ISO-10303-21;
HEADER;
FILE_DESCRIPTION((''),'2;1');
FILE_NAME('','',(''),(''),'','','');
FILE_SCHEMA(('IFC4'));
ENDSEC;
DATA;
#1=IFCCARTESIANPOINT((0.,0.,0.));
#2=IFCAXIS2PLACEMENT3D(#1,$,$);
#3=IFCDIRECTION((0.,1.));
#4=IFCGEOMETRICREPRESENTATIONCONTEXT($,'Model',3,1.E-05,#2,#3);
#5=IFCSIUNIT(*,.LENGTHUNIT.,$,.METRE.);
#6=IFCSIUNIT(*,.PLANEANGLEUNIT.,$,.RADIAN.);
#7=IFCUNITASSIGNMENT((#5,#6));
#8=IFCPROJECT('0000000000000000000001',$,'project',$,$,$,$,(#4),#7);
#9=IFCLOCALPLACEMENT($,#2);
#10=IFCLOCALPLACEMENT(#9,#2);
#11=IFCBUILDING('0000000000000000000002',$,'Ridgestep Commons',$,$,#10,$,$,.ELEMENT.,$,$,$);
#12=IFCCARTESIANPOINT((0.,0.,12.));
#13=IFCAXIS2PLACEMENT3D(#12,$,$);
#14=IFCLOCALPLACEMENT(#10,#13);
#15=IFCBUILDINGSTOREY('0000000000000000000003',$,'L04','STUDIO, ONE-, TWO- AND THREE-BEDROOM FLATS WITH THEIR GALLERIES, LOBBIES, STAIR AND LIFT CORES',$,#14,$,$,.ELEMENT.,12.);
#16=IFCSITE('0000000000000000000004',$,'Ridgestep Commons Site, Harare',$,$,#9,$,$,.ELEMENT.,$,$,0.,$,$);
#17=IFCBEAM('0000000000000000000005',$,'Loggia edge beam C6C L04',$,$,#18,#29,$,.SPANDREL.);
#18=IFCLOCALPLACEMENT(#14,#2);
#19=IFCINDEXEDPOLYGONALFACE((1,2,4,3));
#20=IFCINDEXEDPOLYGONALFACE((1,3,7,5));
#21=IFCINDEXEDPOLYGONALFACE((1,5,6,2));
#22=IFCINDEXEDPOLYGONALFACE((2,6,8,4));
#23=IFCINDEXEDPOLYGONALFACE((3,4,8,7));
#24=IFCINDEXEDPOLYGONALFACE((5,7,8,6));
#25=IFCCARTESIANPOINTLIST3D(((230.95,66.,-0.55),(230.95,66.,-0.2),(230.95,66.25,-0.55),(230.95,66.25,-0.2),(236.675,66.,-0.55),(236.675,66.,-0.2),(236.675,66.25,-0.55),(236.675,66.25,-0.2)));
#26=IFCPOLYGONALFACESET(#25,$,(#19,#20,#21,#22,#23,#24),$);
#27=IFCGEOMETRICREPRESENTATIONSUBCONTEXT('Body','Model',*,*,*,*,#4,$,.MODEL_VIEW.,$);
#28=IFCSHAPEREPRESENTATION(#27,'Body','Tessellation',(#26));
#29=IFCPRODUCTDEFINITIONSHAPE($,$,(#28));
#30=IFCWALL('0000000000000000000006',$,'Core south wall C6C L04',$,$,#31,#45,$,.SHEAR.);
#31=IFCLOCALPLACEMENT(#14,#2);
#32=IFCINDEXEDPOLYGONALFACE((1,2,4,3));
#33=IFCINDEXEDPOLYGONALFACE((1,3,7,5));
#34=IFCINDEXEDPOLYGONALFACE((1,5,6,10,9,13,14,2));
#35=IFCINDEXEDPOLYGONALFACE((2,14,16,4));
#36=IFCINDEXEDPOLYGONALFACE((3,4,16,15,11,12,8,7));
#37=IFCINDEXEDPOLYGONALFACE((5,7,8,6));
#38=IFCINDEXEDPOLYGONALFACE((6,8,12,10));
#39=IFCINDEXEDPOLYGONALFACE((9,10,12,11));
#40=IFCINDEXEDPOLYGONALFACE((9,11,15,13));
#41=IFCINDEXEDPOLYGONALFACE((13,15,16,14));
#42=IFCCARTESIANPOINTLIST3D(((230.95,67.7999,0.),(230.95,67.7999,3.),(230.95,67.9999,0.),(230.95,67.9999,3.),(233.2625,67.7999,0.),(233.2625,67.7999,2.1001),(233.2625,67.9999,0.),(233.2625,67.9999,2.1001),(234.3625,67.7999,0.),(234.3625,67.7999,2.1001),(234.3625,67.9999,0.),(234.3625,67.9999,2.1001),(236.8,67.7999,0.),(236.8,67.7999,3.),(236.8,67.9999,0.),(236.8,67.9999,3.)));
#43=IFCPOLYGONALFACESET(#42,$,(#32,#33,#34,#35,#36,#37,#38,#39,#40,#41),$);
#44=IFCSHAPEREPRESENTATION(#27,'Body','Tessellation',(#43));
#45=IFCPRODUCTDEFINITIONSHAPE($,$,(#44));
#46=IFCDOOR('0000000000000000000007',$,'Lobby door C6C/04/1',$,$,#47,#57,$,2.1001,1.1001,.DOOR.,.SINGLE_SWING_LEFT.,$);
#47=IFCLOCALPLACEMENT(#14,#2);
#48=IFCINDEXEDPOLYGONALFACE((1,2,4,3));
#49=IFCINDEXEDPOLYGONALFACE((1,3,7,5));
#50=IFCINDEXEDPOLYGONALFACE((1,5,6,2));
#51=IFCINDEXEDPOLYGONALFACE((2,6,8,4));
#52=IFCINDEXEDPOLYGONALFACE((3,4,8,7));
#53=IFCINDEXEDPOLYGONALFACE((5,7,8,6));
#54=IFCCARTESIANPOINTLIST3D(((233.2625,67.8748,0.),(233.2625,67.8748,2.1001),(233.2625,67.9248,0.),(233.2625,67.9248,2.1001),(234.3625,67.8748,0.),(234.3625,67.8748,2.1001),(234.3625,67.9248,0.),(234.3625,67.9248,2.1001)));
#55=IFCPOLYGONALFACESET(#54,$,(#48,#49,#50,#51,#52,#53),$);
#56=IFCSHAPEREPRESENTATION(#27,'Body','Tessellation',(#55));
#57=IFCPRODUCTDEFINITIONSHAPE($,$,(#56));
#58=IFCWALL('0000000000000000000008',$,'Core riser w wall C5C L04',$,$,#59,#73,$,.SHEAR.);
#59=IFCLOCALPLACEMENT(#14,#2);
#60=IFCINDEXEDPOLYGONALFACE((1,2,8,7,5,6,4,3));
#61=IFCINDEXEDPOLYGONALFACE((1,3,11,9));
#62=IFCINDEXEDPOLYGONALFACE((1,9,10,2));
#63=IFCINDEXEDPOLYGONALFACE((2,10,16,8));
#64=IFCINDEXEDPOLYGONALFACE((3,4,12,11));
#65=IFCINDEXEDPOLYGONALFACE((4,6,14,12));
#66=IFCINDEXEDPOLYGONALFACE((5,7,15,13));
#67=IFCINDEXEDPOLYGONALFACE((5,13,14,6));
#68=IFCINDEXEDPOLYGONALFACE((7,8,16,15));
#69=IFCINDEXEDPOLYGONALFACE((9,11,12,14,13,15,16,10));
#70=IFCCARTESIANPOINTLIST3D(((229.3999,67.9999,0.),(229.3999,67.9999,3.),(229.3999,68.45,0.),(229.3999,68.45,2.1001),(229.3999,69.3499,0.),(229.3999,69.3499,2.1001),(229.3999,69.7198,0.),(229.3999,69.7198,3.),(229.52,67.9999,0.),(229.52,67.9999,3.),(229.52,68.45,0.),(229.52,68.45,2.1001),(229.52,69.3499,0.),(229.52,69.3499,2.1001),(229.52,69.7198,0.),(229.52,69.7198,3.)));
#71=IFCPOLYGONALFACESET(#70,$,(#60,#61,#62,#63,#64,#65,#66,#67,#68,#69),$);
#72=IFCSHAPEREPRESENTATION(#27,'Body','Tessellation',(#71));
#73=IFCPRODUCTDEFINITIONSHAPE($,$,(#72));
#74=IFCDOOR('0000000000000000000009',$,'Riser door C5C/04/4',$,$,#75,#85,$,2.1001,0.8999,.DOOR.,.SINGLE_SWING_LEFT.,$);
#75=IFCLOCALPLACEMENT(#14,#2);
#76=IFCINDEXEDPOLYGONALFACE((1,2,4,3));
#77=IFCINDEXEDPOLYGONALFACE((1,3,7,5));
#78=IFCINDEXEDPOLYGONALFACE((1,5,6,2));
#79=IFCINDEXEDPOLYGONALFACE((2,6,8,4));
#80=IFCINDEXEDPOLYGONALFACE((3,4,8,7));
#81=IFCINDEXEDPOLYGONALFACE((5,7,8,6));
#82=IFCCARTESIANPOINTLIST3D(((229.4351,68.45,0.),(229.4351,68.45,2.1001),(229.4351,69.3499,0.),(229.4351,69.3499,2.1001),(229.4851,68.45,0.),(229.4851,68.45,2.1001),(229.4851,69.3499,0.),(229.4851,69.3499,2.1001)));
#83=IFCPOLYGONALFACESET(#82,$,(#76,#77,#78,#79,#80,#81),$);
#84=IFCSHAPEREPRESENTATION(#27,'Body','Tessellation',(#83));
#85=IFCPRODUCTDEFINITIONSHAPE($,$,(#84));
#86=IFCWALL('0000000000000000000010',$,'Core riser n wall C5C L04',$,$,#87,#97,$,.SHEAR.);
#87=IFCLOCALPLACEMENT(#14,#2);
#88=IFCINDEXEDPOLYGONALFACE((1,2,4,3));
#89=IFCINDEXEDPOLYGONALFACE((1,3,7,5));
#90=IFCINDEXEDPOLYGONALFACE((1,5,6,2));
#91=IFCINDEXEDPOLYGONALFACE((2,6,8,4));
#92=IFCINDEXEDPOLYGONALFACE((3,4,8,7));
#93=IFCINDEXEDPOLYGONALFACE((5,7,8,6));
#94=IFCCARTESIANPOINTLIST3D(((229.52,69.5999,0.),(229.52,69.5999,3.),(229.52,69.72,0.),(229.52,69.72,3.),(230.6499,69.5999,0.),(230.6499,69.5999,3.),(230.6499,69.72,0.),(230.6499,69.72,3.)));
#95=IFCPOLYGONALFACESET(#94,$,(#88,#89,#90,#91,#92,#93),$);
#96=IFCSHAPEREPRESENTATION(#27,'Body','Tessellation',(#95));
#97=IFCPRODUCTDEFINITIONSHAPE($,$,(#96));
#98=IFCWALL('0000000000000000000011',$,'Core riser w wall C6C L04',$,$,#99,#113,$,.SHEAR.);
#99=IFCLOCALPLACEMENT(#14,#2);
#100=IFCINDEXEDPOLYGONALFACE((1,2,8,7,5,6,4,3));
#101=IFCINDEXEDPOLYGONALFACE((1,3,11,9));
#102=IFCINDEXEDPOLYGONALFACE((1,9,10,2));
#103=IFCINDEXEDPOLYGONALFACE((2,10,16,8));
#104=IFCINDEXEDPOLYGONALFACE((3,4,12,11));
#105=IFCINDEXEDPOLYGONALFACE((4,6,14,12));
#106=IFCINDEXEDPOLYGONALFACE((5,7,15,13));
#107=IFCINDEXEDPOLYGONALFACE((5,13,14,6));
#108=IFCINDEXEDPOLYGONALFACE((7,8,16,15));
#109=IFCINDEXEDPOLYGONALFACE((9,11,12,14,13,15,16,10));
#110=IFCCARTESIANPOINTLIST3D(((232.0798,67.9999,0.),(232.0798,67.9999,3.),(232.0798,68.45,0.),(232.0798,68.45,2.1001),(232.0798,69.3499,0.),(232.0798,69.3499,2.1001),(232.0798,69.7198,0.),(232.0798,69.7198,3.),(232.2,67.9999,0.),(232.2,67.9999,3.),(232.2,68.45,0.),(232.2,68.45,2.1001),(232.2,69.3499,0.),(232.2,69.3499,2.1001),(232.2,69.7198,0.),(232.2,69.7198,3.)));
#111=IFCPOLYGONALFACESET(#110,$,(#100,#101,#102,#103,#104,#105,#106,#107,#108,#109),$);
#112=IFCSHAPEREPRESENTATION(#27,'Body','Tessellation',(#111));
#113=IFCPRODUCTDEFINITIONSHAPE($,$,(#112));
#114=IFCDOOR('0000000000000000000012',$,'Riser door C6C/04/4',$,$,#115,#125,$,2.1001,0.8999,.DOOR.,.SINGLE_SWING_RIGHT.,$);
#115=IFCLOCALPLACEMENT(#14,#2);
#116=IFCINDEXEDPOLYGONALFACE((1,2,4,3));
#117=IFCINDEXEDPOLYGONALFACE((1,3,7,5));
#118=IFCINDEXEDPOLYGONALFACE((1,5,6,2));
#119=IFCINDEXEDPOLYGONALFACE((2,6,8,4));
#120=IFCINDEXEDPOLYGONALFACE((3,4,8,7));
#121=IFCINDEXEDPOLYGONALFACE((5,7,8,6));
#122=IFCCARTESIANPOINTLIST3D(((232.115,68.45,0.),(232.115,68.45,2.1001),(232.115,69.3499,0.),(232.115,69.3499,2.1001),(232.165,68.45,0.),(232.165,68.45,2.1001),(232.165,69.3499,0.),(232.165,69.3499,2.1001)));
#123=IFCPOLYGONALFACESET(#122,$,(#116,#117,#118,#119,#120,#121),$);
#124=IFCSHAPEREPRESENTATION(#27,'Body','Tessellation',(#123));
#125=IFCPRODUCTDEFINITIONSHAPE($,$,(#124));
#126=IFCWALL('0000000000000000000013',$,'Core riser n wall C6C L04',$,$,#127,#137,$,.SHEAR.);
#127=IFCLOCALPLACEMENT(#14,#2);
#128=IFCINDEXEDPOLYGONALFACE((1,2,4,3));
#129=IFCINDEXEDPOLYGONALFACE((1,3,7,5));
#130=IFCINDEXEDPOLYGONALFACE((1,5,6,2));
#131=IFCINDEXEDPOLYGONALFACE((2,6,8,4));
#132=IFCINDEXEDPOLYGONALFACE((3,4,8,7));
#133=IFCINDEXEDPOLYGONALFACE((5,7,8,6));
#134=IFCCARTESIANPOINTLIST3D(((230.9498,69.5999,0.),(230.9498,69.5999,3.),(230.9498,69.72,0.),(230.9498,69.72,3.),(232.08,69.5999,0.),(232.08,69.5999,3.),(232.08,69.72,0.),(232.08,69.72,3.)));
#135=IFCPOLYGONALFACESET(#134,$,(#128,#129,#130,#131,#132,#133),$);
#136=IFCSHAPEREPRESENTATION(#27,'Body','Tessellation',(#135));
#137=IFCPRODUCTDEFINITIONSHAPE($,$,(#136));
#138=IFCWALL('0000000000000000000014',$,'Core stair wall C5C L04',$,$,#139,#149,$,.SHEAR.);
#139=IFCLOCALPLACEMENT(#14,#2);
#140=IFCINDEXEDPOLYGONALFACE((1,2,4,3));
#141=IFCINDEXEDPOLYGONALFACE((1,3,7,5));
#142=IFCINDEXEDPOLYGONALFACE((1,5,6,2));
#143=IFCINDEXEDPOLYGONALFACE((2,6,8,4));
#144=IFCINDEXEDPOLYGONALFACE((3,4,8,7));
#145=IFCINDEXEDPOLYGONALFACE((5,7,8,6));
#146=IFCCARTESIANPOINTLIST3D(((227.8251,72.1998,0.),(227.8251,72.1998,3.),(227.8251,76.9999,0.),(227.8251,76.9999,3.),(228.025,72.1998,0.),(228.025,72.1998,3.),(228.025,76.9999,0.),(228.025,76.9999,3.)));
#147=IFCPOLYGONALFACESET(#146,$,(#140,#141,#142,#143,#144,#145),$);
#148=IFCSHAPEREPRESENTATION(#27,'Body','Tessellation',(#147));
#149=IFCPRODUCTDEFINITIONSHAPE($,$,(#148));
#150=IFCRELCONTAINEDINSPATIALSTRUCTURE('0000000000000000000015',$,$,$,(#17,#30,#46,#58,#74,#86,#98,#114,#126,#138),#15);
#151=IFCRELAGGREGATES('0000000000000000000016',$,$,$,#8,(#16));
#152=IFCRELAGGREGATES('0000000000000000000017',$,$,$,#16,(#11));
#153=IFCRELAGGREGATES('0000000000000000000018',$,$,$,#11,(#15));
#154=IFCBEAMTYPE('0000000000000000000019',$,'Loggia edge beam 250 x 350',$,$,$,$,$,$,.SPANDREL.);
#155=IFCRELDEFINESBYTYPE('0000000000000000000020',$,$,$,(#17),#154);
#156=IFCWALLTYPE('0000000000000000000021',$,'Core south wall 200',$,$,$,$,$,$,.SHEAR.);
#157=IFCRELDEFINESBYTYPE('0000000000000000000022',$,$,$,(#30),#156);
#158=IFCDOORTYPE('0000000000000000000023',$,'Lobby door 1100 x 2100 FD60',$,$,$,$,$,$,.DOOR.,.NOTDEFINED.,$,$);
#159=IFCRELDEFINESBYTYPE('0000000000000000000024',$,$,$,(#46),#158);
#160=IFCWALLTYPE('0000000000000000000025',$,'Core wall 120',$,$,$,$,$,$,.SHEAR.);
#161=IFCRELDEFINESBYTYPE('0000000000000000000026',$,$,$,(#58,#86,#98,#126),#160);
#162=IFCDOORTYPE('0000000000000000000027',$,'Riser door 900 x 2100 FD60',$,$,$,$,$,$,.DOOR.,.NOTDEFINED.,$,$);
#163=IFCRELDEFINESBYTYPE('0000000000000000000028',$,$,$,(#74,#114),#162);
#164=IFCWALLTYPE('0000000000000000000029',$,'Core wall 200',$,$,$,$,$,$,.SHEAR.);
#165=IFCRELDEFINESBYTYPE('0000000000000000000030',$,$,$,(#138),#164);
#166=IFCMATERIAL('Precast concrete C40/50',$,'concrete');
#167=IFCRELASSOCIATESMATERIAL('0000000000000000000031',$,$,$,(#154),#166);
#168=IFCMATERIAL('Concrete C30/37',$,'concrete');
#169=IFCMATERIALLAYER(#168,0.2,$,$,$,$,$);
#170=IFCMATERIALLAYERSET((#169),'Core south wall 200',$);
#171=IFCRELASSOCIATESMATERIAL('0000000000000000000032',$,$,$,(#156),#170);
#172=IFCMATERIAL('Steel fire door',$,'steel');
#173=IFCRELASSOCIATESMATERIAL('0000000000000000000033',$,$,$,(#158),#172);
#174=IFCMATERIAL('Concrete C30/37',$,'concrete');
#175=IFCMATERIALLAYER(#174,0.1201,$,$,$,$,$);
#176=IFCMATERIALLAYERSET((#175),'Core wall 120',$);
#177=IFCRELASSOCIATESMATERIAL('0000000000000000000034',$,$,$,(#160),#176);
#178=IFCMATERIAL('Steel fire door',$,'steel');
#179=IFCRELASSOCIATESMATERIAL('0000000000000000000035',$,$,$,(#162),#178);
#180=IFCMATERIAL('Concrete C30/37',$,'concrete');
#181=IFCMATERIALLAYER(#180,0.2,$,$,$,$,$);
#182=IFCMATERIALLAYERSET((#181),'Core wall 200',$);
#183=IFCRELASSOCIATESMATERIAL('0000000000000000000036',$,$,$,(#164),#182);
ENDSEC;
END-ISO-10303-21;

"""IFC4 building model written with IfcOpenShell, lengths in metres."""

from ifc_helpers import new_model, si_unit, direction, frame, frame_2d, origin, origin_2d, place, context, subcontext, project, spatial, rectangle, extrude, material, layer, layer_set, material_profile, profile_set, type_object, element, fill, save


model = new_model("IFC4")

# Units and contexts
model_context = context("Model", 3, precision=1e-05, world=origin(), true_north=direction((0.0, 1.0)))
body_context = subcontext(model_context, "Body", "Model", "MODEL_VIEW")
ifc_project = project(units=[si_unit("LENGTHUNIT", "METRE"), si_unit("PLANEANGLEUNIT", "RADIAN")], contexts=[model_context])

# Site, building, storey
site_placement = place(None, origin())
site = spatial("IfcSite", under=ifc_project, at=site_placement, Name="Ridgestep Commons Site, Harare", CompositionType="ELEMENT", RefElevation=0.0)
building_placement = place(site_placement, origin())
building = spatial("IfcBuilding", under=site, at=building_placement, Name="Ridgestep Commons", CompositionType="ELEMENT")
storey_placement = place(building_placement, frame((0.0, 0.0, 12.0)))
storey = spatial("IfcBuildingStorey", under=building, at=storey_placement, Name="L04", Description="STUDIO, ONE-, TWO- AND THREE-BEDROOM FLATS WITH THEIR GALLERIES, LOBBIES, STAIR AND LIFT CORES", CompositionType="ELEMENT", Elevation=12.0)

# Beam
ifc_material_1 = material(Name="Precast concrete C40/50", Category="concrete")
ifc_material_profile = material_profile(ifc_material_1, rectangle(XDim=0.25, YDim=0.3501, at=origin_2d()), Name="PC 250x350")
ifc_profile_set = profile_set([ifc_material_profile], Name="Precast concrete C40/50")
beam_type = type_object("IfcBeamType", Name="Loggia edge beam 250 x 350", PredefinedType="SPANDREL", material=ifc_profile_set)
beam_placement = place(storey_placement, frame((230.95, 66.125, -0.375), z_axis=(1.0, 0.0, 0.0), x_axis=(0.0, 1.0, 0.0)))
element("IfcBeam", 1, at=beam_placement, inside=storey, type_object=beam_type, Name="Loggia edge beam C6C L04", PredefinedType="SPANDREL", context=body_context, shape_type="SweptSolid", body=[
    extrude(rectangle(XDim=0.25, YDim=0.3501, at=origin_2d()), origin(), (0.0, 0.0, 1.0), 5.7251),
])

# Walls, openings, doors
ifc_material_2 = material(Name="Concrete C30/37", Category="concrete")
ifc_layer_1 = layer(ifc_material_2, 0.2)
ifc_layer_set_1 = layer_set([ifc_layer_1], Name="Core south wall 200")
wall_type_1 = type_object("IfcWallType", Name="Core south wall 200", PredefinedType="SHEAR", material=ifc_layer_set_1)
wall_1_placement = place(storey_placement, frame((230.95, 67.8999, 0.0), z_axis=(0.0, 0.0, 1.0), x_axis=(1.0, 0.0, 0.0)))
wall_1 = element("IfcWall", 2, at=wall_1_placement, inside=storey, type_object=wall_type_1, Name="Core south wall C6C L04", PredefinedType="SHEAR", context=body_context, shape_type="SweptSolid", body=[
    extrude(rectangle(XDim=5.8501, YDim=0.2, at=frame_2d((2.925, 0.0))), origin(), (0.0, 0.0, 1.0), 3.0),
])
opening_1_placement = place(wall_1_placement, frame((2.3125, 0.0, 0.0)))
opening_1 = element("IfcOpeningElement", 3, at=opening_1_placement, cuts=wall_1, PredefinedType="OPENING", context=body_context, shape_type="SweptSolid", body=[
    extrude(rectangle(XDim=1.1001, YDim=2.1001, at=frame_2d((0.55, 1.05))), frame((0.0, 0.1099, 0.0), z_axis=(0.0, -1.0, 0.0), x_axis=(1.0, 0.0, 0.0)), (0.0, 0.0, 1.0), 0.22),
])
ifc_material_3 = material(Name="Steel fire door", Category="steel")
door_type_1 = type_object("IfcDoorType", Name="Lobby door 1100 x 2100 FD60", OperationType="NOTDEFINED", PredefinedType="DOOR", material=ifc_material_3)
door_1_placement = place(opening_1_placement, origin())
door_1 = element("IfcDoor", 4, at=door_1_placement, inside=storey, type_object=door_type_1, Name="Lobby door C6C/04/1", OperationType="SINGLE_SWING_LEFT", OverallHeight=2.1001, OverallWidth=1.1001, PredefinedType="DOOR", context=body_context, shape_type="SweptSolid", body=[
    extrude(rectangle(XDim=1.1001, YDim=2.1001, at=frame_2d((0.55, 1.05))), frame((0.0, 0.0249, 0.0), z_axis=(0.0, -1.0, 0.0), x_axis=(1.0, 0.0, 0.0)), (0.0, 0.0, 1.0), 0.05),
])
fill(opening_1, door_1)
ifc_material_4 = material(Name="Concrete C30/37", Category="concrete")
ifc_layer_2 = layer(ifc_material_4, 0.1201)
ifc_layer_set_2 = layer_set([ifc_layer_2], Name="Core wall 120")
wall_type_2 = type_object("IfcWallType", Name="Core wall 120", PredefinedType="SHEAR", material=ifc_layer_set_2)
wall_2_placement = place(storey_placement, frame((229.46, 68.0, 0.0), z_axis=(0.0, 0.0, 1.0), x_axis=(0.0, 1.0, 0.0)))
wall_2 = element("IfcWall", 5, at=wall_2_placement, inside=storey, type_object=wall_type_2, Name="Core riser w wall C5C L04", PredefinedType="SHEAR", context=body_context, shape_type="SweptSolid", body=[
    extrude(rectangle(XDim=1.72, YDim=0.1201, at=frame_2d((0.8599, 0.0))), origin(), (0.0, 0.0, 1.0), 3.0),
])
opening_2_placement = place(wall_2_placement, frame((0.45, 0.0, 0.0)))
opening_2 = element("IfcOpeningElement", 6, at=opening_2_placement, cuts=wall_2, PredefinedType="OPENING", context=body_context, shape_type="SweptSolid", body=[
    extrude(rectangle(XDim=0.8999, YDim=2.1001, at=frame_2d((0.45, 1.05))), frame((0.0, 0.0701, 0.0), z_axis=(0.0, -1.0, 0.0), x_axis=(1.0, 0.0, 0.0)), (0.0, 0.0, 1.0), 0.1401),
])
ifc_material_5 = material(Name="Steel fire door", Category="steel")
door_type_2 = type_object("IfcDoorType", Name="Riser door 900 x 2100 FD60", OperationType="NOTDEFINED", PredefinedType="DOOR", material=ifc_material_5)
door_2_placement = place(opening_2_placement, origin())
door_2 = element("IfcDoor", 7, at=door_2_placement, inside=storey, type_object=door_type_2, Name="Riser door C5C/04/4", OperationType="SINGLE_SWING_LEFT", OverallHeight=2.1001, OverallWidth=0.8999, PredefinedType="DOOR", context=body_context, shape_type="SweptSolid", body=[
    extrude(rectangle(XDim=0.8999, YDim=2.1001, at=frame_2d((0.45, 1.05))), frame((0.0, 0.0249, 0.0), z_axis=(0.0, -1.0, 0.0), x_axis=(1.0, 0.0, 0.0)), (0.0, 0.0, 1.0), 0.05),
])
fill(opening_2, door_2)

# Wall
wall_3_placement = place(storey_placement, frame((229.52, 69.6599, 0.0), z_axis=(0.0, 0.0, 1.0), x_axis=(1.0, 0.0, 0.0)))
element("IfcWall", 8, at=wall_3_placement, inside=storey, type_object=wall_type_2, Name="Core riser n wall C5C L04", PredefinedType="SHEAR", context=body_context, shape_type="SweptSolid", body=[
    extrude(rectangle(XDim=1.1299, YDim=0.1201, at=frame_2d((0.5649, 0.0))), origin(), (0.0, 0.0, 1.0), 3.0),
])

# Wall, opening, door
wall_4_placement = place(storey_placement, frame((232.1399, 68.0, 0.0), z_axis=(0.0, 0.0, 1.0), x_axis=(0.0, 1.0, 0.0)))
wall_4 = element("IfcWall", 9, at=wall_4_placement, inside=storey, type_object=wall_type_2, Name="Core riser w wall C6C L04", PredefinedType="SHEAR", context=body_context, shape_type="SweptSolid", body=[
    extrude(rectangle(XDim=1.72, YDim=0.1201, at=frame_2d((0.8599, 0.0))), origin(), (0.0, 0.0, 1.0), 3.0),
])
opening_3_placement = place(wall_4_placement, frame((0.45, 0.0, 0.0)))
opening_3 = element("IfcOpeningElement", 10, at=opening_3_placement, cuts=wall_4, PredefinedType="OPENING", context=body_context, shape_type="SweptSolid", body=[
    extrude(rectangle(XDim=0.8999, YDim=2.1001, at=frame_2d((0.45, 1.05))), frame((0.0, 0.0701, 0.0), z_axis=(0.0, -1.0, 0.0), x_axis=(1.0, 0.0, 0.0)), (0.0, 0.0, 1.0), 0.1401),
])
door_3_placement = place(opening_3_placement, origin())
door_3 = element("IfcDoor", 11, at=door_3_placement, inside=storey, type_object=door_type_2, Name="Riser door C6C/04/4", OperationType="SINGLE_SWING_RIGHT", OverallHeight=2.1001, OverallWidth=0.8999, PredefinedType="DOOR", context=body_context, shape_type="SweptSolid", body=[
    extrude(rectangle(XDim=0.8999, YDim=2.1001, at=frame_2d((0.45, 1.05))), frame((0.0, 0.0249, 0.0), z_axis=(0.0, -1.0, 0.0), x_axis=(1.0, 0.0, 0.0)), (0.0, 0.0, 1.0), 0.05),
])
fill(opening_3, door_3)

# Walls
wall_5_placement = place(storey_placement, frame((230.95, 69.6599, 0.0), z_axis=(0.0, 0.0, 1.0), x_axis=(1.0, 0.0, 0.0)))
element("IfcWall", 12, at=wall_5_placement, inside=storey, type_object=wall_type_2, Name="Core riser n wall C6C L04", PredefinedType="SHEAR", context=body_context, shape_type="SweptSolid", body=[
    extrude(rectangle(XDim=1.1301, YDim=0.1201, at=frame_2d((0.5649, 0.0))), origin(), (0.0, 0.0, 1.0), 3.0),
])
ifc_material_6 = material(Name="Concrete C30/37", Category="concrete")
ifc_layer_3 = layer(ifc_material_6, 0.2)
ifc_layer_set_3 = layer_set([ifc_layer_3], Name="Core wall 200")
wall_type_3 = type_object("IfcWallType", Name="Core wall 200", PredefinedType="SHEAR", material=ifc_layer_set_3)
wall_6_placement = place(storey_placement, frame((227.925, 72.2, 0.0), z_axis=(0.0, 0.0, 1.0), x_axis=(0.0, 1.0, 0.0)))
element("IfcWall", 13, at=wall_6_placement, inside=storey, type_object=wall_type_3, Name="Core stair wall C5C L04", PredefinedType="SHEAR", context=body_context, shape_type="SweptSolid", body=[
    extrude(rectangle(XDim=4.8, YDim=0.2, at=frame_2d((2.3999, 0.0))), origin(), (0.0, 0.0, 1.0), 3.0),
])

save(model, "model.ifc")
